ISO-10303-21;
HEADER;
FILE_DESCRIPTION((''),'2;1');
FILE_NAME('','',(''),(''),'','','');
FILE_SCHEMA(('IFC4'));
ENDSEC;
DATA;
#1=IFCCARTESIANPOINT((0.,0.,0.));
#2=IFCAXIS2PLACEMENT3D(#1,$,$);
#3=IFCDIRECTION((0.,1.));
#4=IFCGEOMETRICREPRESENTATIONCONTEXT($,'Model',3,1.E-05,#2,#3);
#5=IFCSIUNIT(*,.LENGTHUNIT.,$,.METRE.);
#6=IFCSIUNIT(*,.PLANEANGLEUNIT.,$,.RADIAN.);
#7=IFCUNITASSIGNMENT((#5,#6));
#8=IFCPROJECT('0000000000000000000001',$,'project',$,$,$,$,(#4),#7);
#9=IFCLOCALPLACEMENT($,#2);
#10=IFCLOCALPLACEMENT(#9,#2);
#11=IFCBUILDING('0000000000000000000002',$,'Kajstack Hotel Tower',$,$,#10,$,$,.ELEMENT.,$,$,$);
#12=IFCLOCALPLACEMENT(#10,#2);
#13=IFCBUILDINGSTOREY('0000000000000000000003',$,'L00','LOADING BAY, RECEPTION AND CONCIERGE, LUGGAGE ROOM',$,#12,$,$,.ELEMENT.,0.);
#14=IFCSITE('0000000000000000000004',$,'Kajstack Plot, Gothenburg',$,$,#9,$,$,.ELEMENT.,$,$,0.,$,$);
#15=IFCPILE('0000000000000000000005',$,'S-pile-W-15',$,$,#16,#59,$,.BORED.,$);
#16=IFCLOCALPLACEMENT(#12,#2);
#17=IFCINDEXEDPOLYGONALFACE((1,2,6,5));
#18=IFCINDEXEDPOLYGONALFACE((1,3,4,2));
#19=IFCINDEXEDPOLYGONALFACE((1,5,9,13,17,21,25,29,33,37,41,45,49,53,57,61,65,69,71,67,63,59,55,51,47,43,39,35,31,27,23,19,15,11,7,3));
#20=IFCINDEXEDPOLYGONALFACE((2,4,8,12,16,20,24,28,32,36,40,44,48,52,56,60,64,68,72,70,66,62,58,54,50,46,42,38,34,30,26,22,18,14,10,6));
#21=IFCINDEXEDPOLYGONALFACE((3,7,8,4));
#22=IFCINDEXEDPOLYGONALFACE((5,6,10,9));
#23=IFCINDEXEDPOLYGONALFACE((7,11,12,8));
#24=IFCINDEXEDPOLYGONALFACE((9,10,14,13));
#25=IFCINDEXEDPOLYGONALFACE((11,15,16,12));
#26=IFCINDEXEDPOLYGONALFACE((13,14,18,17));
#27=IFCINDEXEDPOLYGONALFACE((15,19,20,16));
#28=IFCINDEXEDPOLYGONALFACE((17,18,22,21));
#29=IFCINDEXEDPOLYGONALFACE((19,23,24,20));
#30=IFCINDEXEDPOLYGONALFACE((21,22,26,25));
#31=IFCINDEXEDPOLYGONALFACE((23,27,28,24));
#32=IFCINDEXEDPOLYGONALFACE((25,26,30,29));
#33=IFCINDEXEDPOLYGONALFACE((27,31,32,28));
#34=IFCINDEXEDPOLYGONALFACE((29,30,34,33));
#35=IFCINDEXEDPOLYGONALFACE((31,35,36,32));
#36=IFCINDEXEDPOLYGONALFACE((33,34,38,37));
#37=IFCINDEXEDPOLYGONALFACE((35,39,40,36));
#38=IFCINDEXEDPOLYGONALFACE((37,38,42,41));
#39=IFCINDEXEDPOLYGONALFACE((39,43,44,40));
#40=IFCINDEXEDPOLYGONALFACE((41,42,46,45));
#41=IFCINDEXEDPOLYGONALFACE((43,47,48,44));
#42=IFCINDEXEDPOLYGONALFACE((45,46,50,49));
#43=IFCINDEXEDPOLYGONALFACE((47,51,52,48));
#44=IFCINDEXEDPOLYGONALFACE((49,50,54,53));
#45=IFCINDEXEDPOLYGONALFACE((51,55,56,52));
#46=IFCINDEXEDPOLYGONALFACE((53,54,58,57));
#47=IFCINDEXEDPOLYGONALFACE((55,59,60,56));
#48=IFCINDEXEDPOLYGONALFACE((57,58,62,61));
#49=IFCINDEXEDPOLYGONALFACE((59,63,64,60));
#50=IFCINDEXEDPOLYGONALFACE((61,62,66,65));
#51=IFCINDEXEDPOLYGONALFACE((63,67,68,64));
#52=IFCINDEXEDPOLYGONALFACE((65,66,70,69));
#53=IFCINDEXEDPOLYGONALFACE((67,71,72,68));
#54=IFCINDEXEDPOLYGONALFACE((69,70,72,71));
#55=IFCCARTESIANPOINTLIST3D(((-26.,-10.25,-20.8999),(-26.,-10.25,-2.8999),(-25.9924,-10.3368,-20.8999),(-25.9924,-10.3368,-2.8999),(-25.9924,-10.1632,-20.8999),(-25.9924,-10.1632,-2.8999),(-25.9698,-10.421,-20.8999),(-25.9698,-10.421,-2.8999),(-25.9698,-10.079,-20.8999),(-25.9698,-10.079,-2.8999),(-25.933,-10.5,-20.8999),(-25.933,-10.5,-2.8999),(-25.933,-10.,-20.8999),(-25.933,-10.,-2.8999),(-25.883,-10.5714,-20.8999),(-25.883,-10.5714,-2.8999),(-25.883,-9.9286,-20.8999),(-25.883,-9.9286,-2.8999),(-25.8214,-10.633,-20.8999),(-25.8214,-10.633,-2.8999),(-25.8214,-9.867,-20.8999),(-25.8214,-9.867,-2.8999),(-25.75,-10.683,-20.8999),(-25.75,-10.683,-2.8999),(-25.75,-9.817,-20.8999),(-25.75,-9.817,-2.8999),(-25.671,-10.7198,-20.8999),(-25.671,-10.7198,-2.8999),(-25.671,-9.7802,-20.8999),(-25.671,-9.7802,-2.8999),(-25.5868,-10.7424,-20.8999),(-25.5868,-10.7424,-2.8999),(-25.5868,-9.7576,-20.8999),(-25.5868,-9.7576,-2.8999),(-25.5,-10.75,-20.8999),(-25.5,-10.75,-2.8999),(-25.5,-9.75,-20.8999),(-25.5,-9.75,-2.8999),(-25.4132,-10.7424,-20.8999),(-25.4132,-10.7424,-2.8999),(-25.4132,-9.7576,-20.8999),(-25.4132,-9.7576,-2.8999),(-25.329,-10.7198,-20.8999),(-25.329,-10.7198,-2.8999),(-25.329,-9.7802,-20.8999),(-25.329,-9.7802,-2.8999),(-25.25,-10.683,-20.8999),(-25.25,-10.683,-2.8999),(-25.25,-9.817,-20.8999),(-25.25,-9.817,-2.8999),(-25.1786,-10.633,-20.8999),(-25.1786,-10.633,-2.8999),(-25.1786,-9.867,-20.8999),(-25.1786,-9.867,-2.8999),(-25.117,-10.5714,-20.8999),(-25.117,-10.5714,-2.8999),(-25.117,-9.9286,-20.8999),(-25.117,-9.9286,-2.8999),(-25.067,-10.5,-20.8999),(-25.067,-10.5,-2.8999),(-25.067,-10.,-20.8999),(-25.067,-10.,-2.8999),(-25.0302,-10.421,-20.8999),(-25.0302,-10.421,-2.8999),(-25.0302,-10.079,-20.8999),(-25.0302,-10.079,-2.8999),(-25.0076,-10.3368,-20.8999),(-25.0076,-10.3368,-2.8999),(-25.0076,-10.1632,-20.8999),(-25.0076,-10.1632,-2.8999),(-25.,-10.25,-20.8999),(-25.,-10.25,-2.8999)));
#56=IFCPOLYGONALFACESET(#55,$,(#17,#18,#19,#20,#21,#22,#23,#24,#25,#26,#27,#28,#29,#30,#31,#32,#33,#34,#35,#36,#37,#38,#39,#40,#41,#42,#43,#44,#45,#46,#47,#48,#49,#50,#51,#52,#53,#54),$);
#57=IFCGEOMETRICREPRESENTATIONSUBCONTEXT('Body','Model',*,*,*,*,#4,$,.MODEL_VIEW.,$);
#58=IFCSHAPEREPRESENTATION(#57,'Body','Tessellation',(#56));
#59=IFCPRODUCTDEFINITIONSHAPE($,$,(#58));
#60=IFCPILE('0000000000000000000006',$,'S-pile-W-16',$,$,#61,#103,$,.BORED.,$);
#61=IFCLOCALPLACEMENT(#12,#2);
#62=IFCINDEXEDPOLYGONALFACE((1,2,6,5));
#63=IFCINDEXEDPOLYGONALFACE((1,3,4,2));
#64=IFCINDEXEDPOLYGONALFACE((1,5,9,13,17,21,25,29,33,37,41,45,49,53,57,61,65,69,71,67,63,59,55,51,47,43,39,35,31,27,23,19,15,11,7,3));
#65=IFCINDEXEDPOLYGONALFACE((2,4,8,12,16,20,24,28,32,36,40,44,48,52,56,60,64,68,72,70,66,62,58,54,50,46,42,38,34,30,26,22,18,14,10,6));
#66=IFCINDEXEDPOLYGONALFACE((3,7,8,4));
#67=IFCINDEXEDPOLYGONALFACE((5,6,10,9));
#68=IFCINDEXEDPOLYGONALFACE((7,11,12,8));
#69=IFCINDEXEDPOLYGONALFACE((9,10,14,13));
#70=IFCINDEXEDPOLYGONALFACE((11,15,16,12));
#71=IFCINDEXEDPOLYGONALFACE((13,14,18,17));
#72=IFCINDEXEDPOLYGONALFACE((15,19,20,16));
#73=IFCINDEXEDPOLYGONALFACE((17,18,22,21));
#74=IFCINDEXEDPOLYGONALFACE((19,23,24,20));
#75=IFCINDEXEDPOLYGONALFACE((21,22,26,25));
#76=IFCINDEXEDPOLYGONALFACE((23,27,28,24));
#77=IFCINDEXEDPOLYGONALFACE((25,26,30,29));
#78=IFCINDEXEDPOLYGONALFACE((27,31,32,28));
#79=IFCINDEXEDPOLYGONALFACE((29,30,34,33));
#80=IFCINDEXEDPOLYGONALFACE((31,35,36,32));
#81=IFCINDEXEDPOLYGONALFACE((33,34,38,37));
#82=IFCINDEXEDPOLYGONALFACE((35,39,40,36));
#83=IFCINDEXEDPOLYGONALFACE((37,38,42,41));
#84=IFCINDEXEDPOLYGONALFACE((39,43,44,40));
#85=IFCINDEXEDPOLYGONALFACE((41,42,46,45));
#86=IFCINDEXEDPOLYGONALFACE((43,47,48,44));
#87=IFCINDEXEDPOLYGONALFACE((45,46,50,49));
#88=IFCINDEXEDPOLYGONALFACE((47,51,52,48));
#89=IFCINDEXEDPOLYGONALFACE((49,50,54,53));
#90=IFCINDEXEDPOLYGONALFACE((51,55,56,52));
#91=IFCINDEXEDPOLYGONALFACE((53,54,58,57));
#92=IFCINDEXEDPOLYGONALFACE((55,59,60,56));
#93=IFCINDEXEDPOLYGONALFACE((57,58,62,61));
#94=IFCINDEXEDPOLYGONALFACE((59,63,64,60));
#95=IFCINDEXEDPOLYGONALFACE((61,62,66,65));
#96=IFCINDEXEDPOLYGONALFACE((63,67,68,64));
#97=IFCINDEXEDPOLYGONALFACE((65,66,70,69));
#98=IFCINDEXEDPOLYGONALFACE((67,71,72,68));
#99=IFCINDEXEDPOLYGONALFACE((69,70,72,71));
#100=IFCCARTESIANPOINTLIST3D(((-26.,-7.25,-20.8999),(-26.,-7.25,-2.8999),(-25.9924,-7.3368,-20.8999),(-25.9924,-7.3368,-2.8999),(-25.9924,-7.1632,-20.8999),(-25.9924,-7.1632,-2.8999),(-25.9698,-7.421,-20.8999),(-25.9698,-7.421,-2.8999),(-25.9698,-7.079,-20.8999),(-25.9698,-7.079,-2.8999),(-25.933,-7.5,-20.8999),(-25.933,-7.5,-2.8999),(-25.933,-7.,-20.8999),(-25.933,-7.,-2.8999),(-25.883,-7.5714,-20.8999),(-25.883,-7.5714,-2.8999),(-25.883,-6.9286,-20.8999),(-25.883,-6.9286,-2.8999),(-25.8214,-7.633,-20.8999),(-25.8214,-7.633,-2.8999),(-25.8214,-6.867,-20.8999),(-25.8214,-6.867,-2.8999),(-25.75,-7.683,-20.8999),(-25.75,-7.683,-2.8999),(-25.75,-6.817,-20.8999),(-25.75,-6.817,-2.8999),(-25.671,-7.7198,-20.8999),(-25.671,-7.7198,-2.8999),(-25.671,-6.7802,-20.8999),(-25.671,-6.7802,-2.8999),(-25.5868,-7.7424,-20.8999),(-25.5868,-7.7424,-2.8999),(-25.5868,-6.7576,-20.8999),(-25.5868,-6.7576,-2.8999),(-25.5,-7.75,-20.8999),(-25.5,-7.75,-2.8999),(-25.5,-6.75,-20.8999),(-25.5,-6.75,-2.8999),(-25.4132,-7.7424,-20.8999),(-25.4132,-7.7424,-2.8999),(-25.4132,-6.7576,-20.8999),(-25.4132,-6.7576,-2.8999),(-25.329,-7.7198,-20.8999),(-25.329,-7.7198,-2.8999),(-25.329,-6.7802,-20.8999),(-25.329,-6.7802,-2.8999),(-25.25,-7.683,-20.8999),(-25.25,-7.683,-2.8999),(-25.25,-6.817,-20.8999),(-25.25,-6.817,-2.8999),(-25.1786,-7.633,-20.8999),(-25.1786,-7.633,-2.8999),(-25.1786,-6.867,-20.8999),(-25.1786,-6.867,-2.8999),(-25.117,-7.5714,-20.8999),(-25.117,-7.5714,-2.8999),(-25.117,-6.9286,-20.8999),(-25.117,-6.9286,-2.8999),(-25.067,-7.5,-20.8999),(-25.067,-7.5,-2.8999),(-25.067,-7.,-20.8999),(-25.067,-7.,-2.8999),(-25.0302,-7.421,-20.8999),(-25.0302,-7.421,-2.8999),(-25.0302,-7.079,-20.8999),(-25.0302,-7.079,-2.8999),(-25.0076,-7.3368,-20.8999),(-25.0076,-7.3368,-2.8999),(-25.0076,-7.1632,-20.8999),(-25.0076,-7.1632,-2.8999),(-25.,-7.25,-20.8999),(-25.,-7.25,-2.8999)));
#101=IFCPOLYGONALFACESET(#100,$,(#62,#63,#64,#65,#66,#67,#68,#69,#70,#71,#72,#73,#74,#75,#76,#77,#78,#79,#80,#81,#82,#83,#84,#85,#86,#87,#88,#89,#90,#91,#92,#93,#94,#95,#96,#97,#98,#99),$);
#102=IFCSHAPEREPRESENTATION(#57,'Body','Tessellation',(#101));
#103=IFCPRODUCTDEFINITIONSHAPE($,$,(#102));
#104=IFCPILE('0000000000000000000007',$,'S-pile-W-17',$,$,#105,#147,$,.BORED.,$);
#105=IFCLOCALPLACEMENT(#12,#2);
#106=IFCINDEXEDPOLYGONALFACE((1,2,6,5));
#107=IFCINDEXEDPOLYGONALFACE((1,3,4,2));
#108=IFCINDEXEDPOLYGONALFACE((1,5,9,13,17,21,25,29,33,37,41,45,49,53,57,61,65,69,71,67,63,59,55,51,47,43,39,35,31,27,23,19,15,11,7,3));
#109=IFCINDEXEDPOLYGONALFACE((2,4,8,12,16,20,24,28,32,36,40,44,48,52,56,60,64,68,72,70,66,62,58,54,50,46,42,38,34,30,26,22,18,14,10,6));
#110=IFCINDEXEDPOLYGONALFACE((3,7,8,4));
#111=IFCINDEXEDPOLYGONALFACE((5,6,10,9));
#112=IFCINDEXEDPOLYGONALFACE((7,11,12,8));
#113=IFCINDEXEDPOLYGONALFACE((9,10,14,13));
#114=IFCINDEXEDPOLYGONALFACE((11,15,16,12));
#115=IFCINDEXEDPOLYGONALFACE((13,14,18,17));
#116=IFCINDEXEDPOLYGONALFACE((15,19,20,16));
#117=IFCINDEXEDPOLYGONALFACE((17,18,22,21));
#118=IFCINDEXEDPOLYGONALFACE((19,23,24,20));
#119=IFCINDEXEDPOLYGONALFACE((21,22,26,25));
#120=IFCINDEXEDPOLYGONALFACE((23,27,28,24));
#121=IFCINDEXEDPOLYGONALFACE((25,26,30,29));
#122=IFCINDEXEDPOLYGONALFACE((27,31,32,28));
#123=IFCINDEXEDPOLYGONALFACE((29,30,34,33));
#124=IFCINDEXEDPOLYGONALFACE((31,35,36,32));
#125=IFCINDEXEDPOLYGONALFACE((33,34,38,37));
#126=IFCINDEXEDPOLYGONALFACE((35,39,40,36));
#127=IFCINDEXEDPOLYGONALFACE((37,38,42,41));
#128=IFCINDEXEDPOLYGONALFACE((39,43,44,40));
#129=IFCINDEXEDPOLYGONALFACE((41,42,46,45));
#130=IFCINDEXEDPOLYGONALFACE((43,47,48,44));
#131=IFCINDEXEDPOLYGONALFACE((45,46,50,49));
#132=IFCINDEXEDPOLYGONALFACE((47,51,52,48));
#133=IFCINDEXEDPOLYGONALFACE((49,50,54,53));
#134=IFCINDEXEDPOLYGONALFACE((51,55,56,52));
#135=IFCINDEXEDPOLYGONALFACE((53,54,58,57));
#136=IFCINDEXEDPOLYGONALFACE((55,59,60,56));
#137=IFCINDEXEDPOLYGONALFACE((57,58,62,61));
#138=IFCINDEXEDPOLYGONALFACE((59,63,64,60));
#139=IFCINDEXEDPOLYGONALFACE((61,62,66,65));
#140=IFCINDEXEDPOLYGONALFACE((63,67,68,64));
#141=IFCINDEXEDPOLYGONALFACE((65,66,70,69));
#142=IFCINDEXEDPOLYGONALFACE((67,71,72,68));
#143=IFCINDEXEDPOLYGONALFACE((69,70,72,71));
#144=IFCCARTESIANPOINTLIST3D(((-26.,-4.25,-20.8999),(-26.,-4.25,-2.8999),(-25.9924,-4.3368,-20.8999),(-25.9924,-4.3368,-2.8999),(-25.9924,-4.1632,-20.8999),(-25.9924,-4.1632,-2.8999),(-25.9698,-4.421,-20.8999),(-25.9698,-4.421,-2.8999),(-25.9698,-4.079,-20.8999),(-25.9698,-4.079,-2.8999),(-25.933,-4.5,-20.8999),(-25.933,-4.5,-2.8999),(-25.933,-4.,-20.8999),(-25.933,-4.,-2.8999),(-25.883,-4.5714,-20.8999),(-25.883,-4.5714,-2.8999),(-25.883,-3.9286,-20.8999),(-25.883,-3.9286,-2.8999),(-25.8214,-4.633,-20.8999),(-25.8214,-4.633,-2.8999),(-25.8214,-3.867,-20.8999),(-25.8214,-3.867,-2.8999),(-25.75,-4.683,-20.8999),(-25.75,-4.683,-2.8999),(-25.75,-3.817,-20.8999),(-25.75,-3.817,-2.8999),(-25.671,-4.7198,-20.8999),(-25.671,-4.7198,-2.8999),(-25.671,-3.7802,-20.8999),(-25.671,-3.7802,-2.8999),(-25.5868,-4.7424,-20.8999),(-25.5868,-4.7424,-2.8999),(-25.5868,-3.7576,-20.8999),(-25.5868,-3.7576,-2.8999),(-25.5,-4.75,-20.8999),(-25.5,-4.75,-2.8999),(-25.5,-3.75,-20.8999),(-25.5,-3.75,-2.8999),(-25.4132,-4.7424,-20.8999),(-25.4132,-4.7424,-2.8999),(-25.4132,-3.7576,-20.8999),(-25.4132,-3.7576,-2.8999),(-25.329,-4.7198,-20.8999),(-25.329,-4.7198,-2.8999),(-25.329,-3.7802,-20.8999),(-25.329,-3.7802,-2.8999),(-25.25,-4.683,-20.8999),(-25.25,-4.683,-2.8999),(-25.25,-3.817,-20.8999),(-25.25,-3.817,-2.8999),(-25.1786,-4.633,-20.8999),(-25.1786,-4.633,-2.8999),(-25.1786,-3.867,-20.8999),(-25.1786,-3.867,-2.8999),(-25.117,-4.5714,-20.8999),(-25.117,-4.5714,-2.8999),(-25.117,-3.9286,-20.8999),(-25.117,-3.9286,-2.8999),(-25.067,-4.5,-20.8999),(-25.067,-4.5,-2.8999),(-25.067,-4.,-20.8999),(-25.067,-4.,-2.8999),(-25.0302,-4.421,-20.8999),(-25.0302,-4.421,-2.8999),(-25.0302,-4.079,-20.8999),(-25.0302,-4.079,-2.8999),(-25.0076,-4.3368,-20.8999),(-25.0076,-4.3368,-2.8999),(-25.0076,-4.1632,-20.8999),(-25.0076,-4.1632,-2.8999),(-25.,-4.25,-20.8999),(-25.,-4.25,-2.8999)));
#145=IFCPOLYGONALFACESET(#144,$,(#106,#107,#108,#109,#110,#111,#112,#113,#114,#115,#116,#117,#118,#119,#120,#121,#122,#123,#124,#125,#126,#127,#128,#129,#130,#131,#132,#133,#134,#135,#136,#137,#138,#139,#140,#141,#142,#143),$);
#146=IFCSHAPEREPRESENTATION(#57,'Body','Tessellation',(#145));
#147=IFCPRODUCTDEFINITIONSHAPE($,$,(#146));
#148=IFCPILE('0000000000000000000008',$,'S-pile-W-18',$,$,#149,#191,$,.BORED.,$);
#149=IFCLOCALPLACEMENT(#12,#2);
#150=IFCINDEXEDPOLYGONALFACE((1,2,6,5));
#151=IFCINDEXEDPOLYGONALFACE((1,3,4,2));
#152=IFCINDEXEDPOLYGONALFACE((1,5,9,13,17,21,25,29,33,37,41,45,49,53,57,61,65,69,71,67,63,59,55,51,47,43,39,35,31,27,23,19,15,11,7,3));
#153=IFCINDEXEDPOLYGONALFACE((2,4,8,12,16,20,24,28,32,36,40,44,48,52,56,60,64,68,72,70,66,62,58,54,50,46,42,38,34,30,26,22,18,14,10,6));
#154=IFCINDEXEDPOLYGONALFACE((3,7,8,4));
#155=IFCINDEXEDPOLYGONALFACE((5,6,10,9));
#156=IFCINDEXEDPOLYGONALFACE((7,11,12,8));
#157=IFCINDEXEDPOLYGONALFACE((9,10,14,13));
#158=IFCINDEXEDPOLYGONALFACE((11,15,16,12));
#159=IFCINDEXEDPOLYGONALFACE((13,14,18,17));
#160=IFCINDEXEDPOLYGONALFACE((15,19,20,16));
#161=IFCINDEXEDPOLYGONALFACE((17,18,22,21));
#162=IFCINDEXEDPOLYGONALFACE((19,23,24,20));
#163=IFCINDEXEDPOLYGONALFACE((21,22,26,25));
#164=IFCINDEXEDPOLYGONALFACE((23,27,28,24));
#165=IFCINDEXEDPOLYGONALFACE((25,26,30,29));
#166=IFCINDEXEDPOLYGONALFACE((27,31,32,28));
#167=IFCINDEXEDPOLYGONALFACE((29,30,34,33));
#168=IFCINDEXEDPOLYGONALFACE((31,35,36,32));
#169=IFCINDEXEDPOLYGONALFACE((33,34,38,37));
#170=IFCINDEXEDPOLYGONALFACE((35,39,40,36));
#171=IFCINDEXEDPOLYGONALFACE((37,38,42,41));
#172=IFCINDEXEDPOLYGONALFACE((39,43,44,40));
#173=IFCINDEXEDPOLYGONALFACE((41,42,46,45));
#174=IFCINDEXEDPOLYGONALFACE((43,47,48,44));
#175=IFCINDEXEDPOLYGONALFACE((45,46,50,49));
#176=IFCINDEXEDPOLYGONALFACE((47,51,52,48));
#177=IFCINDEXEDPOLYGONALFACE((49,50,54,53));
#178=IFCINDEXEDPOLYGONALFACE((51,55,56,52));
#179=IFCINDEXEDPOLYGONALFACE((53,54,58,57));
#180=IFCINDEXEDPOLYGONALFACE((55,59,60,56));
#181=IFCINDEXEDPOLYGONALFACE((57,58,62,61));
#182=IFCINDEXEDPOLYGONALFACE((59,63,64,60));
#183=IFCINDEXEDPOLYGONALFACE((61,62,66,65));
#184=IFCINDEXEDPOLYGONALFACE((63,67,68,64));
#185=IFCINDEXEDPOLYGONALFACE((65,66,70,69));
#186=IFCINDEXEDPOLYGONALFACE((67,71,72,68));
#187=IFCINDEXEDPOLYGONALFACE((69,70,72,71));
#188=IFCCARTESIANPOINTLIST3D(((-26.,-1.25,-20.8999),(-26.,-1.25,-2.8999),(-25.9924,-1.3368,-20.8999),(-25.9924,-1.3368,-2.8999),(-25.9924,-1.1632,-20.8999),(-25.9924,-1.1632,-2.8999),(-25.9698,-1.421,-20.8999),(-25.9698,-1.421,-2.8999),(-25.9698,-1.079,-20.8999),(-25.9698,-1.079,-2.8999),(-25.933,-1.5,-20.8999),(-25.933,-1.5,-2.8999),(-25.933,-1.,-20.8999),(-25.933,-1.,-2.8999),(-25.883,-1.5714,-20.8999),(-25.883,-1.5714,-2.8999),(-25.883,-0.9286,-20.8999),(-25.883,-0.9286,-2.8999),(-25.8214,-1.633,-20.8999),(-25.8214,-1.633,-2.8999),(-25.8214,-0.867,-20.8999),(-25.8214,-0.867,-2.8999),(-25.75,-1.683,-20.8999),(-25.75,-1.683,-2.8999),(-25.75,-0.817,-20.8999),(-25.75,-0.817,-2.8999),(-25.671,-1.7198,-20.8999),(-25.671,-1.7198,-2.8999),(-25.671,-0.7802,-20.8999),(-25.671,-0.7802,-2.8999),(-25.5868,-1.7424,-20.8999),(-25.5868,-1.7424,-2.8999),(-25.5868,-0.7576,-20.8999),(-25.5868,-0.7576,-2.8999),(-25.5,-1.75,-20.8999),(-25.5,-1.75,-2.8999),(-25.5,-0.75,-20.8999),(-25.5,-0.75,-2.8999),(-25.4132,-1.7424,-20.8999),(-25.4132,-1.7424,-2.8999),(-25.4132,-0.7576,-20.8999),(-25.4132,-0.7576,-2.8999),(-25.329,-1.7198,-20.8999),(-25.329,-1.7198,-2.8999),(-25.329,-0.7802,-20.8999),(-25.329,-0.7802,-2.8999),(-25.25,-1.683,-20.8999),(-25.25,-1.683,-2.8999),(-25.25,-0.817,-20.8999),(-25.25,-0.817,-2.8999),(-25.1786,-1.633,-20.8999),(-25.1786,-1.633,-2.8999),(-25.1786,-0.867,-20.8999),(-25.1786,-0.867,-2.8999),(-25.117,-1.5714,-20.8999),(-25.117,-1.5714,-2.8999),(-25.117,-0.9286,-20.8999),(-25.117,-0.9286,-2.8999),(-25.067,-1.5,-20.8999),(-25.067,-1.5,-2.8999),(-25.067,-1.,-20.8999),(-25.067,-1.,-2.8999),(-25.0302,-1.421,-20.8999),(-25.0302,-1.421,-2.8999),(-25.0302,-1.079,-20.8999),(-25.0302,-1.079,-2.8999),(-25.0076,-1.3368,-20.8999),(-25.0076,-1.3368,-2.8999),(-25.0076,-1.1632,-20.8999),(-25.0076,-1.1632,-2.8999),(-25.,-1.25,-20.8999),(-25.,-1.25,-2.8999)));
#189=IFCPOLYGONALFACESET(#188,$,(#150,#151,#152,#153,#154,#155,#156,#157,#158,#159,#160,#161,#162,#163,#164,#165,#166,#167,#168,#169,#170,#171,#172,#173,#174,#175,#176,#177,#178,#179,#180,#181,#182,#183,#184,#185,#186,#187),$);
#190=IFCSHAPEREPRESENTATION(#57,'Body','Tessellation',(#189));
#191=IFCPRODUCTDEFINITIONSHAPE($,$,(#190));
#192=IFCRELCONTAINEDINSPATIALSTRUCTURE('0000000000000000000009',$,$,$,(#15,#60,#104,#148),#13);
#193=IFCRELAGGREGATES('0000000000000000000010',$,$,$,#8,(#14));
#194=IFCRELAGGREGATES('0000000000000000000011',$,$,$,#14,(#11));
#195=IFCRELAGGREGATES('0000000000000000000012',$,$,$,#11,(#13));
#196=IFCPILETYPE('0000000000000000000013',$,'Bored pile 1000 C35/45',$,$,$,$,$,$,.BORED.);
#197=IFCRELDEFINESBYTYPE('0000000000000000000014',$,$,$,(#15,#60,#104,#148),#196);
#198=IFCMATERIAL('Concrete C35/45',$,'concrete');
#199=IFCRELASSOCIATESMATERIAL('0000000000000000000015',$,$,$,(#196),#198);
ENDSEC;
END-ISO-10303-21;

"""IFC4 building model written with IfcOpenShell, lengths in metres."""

from ifc_helpers import new_model, si_unit, direction, frame, origin, origin_2d, place, context, subcontext, project, spatial, circle, extrude, material, material_profile, profile_set, type_object, element, save


model = new_model("IFC4")

# Units and contexts
model_context = context("Model", 3, precision=1e-05, world=origin(), true_north=direction((0.0, 1.0)))
body_context = subcontext(model_context, "Body", "Model", "MODEL_VIEW")
ifc_project = project(units=[si_unit("LENGTHUNIT", "METRE"), si_unit("PLANEANGLEUNIT", "RADIAN")], contexts=[model_context])

# Site, building, storey
site_placement = place(None, origin())
site = spatial("IfcSite", under=ifc_project, at=site_placement, Name="Kajstack Plot, Gothenburg", CompositionType="ELEMENT", RefElevation=0.0)
building_placement = place(site_placement, origin())
building = spatial("IfcBuilding", under=site, at=building_placement, Name="Kajstack Hotel Tower", CompositionType="ELEMENT")
storey_placement = place(building_placement, origin())
storey = spatial("IfcBuildingStorey", under=building, at=storey_placement, Name="L00", Description="LOADING BAY, RECEPTION AND CONCIERGE, LUGGAGE ROOM", CompositionType="ELEMENT", Elevation=0.0)

# Piles
ifc_material_1 = material(Name="Concrete C35/45", Category="concrete")
ifc_material_profile = material_profile(ifc_material_1, circle(Radius=0.5, at=origin_2d()), Name="RC round 1000")
ifc_profile_set = profile_set([ifc_material_profile], Name="Concrete C35/45")
pile_type = type_object("IfcPileType", Name="Bored pile 1000 C35/45", PredefinedType="BORED", material=ifc_profile_set)
for number, where, z_axis, x_axis, name in (
    (1, (-25.5, -10.25, -2.8999), (0.0, 0.0, -1.0), (1.0, 0.0, 0.0), "S-pile-W-15"),
    (2, (-25.5, -7.25, -2.8999), (0.0, 0.0, -1.0), (1.0, 0.0, 0.0), "S-pile-W-16"),
    (3, (-25.5, -4.25, -2.8999), (0.0, 0.0, -1.0), (1.0, 0.0, 0.0), "S-pile-W-17"),
    (4, (-25.5, -1.25, -2.8999), (0.0, 0.0, -1.0), (1.0, 0.0, 0.0), "S-pile-W-18"),
):
    element("IfcPile", number, at=place(storey_placement, frame(where, z_axis=z_axis, x_axis=x_axis)), inside=storey, type_object=pile_type, Name=name, PredefinedType="BORED", context=body_context, shape_type="SweptSolid", body=[
        extrude(circle(Radius=0.5, at=origin_2d()), origin(), (0.0, 0.0, 1.0), 18.0),
    ])

save(model, "model.ifc")
